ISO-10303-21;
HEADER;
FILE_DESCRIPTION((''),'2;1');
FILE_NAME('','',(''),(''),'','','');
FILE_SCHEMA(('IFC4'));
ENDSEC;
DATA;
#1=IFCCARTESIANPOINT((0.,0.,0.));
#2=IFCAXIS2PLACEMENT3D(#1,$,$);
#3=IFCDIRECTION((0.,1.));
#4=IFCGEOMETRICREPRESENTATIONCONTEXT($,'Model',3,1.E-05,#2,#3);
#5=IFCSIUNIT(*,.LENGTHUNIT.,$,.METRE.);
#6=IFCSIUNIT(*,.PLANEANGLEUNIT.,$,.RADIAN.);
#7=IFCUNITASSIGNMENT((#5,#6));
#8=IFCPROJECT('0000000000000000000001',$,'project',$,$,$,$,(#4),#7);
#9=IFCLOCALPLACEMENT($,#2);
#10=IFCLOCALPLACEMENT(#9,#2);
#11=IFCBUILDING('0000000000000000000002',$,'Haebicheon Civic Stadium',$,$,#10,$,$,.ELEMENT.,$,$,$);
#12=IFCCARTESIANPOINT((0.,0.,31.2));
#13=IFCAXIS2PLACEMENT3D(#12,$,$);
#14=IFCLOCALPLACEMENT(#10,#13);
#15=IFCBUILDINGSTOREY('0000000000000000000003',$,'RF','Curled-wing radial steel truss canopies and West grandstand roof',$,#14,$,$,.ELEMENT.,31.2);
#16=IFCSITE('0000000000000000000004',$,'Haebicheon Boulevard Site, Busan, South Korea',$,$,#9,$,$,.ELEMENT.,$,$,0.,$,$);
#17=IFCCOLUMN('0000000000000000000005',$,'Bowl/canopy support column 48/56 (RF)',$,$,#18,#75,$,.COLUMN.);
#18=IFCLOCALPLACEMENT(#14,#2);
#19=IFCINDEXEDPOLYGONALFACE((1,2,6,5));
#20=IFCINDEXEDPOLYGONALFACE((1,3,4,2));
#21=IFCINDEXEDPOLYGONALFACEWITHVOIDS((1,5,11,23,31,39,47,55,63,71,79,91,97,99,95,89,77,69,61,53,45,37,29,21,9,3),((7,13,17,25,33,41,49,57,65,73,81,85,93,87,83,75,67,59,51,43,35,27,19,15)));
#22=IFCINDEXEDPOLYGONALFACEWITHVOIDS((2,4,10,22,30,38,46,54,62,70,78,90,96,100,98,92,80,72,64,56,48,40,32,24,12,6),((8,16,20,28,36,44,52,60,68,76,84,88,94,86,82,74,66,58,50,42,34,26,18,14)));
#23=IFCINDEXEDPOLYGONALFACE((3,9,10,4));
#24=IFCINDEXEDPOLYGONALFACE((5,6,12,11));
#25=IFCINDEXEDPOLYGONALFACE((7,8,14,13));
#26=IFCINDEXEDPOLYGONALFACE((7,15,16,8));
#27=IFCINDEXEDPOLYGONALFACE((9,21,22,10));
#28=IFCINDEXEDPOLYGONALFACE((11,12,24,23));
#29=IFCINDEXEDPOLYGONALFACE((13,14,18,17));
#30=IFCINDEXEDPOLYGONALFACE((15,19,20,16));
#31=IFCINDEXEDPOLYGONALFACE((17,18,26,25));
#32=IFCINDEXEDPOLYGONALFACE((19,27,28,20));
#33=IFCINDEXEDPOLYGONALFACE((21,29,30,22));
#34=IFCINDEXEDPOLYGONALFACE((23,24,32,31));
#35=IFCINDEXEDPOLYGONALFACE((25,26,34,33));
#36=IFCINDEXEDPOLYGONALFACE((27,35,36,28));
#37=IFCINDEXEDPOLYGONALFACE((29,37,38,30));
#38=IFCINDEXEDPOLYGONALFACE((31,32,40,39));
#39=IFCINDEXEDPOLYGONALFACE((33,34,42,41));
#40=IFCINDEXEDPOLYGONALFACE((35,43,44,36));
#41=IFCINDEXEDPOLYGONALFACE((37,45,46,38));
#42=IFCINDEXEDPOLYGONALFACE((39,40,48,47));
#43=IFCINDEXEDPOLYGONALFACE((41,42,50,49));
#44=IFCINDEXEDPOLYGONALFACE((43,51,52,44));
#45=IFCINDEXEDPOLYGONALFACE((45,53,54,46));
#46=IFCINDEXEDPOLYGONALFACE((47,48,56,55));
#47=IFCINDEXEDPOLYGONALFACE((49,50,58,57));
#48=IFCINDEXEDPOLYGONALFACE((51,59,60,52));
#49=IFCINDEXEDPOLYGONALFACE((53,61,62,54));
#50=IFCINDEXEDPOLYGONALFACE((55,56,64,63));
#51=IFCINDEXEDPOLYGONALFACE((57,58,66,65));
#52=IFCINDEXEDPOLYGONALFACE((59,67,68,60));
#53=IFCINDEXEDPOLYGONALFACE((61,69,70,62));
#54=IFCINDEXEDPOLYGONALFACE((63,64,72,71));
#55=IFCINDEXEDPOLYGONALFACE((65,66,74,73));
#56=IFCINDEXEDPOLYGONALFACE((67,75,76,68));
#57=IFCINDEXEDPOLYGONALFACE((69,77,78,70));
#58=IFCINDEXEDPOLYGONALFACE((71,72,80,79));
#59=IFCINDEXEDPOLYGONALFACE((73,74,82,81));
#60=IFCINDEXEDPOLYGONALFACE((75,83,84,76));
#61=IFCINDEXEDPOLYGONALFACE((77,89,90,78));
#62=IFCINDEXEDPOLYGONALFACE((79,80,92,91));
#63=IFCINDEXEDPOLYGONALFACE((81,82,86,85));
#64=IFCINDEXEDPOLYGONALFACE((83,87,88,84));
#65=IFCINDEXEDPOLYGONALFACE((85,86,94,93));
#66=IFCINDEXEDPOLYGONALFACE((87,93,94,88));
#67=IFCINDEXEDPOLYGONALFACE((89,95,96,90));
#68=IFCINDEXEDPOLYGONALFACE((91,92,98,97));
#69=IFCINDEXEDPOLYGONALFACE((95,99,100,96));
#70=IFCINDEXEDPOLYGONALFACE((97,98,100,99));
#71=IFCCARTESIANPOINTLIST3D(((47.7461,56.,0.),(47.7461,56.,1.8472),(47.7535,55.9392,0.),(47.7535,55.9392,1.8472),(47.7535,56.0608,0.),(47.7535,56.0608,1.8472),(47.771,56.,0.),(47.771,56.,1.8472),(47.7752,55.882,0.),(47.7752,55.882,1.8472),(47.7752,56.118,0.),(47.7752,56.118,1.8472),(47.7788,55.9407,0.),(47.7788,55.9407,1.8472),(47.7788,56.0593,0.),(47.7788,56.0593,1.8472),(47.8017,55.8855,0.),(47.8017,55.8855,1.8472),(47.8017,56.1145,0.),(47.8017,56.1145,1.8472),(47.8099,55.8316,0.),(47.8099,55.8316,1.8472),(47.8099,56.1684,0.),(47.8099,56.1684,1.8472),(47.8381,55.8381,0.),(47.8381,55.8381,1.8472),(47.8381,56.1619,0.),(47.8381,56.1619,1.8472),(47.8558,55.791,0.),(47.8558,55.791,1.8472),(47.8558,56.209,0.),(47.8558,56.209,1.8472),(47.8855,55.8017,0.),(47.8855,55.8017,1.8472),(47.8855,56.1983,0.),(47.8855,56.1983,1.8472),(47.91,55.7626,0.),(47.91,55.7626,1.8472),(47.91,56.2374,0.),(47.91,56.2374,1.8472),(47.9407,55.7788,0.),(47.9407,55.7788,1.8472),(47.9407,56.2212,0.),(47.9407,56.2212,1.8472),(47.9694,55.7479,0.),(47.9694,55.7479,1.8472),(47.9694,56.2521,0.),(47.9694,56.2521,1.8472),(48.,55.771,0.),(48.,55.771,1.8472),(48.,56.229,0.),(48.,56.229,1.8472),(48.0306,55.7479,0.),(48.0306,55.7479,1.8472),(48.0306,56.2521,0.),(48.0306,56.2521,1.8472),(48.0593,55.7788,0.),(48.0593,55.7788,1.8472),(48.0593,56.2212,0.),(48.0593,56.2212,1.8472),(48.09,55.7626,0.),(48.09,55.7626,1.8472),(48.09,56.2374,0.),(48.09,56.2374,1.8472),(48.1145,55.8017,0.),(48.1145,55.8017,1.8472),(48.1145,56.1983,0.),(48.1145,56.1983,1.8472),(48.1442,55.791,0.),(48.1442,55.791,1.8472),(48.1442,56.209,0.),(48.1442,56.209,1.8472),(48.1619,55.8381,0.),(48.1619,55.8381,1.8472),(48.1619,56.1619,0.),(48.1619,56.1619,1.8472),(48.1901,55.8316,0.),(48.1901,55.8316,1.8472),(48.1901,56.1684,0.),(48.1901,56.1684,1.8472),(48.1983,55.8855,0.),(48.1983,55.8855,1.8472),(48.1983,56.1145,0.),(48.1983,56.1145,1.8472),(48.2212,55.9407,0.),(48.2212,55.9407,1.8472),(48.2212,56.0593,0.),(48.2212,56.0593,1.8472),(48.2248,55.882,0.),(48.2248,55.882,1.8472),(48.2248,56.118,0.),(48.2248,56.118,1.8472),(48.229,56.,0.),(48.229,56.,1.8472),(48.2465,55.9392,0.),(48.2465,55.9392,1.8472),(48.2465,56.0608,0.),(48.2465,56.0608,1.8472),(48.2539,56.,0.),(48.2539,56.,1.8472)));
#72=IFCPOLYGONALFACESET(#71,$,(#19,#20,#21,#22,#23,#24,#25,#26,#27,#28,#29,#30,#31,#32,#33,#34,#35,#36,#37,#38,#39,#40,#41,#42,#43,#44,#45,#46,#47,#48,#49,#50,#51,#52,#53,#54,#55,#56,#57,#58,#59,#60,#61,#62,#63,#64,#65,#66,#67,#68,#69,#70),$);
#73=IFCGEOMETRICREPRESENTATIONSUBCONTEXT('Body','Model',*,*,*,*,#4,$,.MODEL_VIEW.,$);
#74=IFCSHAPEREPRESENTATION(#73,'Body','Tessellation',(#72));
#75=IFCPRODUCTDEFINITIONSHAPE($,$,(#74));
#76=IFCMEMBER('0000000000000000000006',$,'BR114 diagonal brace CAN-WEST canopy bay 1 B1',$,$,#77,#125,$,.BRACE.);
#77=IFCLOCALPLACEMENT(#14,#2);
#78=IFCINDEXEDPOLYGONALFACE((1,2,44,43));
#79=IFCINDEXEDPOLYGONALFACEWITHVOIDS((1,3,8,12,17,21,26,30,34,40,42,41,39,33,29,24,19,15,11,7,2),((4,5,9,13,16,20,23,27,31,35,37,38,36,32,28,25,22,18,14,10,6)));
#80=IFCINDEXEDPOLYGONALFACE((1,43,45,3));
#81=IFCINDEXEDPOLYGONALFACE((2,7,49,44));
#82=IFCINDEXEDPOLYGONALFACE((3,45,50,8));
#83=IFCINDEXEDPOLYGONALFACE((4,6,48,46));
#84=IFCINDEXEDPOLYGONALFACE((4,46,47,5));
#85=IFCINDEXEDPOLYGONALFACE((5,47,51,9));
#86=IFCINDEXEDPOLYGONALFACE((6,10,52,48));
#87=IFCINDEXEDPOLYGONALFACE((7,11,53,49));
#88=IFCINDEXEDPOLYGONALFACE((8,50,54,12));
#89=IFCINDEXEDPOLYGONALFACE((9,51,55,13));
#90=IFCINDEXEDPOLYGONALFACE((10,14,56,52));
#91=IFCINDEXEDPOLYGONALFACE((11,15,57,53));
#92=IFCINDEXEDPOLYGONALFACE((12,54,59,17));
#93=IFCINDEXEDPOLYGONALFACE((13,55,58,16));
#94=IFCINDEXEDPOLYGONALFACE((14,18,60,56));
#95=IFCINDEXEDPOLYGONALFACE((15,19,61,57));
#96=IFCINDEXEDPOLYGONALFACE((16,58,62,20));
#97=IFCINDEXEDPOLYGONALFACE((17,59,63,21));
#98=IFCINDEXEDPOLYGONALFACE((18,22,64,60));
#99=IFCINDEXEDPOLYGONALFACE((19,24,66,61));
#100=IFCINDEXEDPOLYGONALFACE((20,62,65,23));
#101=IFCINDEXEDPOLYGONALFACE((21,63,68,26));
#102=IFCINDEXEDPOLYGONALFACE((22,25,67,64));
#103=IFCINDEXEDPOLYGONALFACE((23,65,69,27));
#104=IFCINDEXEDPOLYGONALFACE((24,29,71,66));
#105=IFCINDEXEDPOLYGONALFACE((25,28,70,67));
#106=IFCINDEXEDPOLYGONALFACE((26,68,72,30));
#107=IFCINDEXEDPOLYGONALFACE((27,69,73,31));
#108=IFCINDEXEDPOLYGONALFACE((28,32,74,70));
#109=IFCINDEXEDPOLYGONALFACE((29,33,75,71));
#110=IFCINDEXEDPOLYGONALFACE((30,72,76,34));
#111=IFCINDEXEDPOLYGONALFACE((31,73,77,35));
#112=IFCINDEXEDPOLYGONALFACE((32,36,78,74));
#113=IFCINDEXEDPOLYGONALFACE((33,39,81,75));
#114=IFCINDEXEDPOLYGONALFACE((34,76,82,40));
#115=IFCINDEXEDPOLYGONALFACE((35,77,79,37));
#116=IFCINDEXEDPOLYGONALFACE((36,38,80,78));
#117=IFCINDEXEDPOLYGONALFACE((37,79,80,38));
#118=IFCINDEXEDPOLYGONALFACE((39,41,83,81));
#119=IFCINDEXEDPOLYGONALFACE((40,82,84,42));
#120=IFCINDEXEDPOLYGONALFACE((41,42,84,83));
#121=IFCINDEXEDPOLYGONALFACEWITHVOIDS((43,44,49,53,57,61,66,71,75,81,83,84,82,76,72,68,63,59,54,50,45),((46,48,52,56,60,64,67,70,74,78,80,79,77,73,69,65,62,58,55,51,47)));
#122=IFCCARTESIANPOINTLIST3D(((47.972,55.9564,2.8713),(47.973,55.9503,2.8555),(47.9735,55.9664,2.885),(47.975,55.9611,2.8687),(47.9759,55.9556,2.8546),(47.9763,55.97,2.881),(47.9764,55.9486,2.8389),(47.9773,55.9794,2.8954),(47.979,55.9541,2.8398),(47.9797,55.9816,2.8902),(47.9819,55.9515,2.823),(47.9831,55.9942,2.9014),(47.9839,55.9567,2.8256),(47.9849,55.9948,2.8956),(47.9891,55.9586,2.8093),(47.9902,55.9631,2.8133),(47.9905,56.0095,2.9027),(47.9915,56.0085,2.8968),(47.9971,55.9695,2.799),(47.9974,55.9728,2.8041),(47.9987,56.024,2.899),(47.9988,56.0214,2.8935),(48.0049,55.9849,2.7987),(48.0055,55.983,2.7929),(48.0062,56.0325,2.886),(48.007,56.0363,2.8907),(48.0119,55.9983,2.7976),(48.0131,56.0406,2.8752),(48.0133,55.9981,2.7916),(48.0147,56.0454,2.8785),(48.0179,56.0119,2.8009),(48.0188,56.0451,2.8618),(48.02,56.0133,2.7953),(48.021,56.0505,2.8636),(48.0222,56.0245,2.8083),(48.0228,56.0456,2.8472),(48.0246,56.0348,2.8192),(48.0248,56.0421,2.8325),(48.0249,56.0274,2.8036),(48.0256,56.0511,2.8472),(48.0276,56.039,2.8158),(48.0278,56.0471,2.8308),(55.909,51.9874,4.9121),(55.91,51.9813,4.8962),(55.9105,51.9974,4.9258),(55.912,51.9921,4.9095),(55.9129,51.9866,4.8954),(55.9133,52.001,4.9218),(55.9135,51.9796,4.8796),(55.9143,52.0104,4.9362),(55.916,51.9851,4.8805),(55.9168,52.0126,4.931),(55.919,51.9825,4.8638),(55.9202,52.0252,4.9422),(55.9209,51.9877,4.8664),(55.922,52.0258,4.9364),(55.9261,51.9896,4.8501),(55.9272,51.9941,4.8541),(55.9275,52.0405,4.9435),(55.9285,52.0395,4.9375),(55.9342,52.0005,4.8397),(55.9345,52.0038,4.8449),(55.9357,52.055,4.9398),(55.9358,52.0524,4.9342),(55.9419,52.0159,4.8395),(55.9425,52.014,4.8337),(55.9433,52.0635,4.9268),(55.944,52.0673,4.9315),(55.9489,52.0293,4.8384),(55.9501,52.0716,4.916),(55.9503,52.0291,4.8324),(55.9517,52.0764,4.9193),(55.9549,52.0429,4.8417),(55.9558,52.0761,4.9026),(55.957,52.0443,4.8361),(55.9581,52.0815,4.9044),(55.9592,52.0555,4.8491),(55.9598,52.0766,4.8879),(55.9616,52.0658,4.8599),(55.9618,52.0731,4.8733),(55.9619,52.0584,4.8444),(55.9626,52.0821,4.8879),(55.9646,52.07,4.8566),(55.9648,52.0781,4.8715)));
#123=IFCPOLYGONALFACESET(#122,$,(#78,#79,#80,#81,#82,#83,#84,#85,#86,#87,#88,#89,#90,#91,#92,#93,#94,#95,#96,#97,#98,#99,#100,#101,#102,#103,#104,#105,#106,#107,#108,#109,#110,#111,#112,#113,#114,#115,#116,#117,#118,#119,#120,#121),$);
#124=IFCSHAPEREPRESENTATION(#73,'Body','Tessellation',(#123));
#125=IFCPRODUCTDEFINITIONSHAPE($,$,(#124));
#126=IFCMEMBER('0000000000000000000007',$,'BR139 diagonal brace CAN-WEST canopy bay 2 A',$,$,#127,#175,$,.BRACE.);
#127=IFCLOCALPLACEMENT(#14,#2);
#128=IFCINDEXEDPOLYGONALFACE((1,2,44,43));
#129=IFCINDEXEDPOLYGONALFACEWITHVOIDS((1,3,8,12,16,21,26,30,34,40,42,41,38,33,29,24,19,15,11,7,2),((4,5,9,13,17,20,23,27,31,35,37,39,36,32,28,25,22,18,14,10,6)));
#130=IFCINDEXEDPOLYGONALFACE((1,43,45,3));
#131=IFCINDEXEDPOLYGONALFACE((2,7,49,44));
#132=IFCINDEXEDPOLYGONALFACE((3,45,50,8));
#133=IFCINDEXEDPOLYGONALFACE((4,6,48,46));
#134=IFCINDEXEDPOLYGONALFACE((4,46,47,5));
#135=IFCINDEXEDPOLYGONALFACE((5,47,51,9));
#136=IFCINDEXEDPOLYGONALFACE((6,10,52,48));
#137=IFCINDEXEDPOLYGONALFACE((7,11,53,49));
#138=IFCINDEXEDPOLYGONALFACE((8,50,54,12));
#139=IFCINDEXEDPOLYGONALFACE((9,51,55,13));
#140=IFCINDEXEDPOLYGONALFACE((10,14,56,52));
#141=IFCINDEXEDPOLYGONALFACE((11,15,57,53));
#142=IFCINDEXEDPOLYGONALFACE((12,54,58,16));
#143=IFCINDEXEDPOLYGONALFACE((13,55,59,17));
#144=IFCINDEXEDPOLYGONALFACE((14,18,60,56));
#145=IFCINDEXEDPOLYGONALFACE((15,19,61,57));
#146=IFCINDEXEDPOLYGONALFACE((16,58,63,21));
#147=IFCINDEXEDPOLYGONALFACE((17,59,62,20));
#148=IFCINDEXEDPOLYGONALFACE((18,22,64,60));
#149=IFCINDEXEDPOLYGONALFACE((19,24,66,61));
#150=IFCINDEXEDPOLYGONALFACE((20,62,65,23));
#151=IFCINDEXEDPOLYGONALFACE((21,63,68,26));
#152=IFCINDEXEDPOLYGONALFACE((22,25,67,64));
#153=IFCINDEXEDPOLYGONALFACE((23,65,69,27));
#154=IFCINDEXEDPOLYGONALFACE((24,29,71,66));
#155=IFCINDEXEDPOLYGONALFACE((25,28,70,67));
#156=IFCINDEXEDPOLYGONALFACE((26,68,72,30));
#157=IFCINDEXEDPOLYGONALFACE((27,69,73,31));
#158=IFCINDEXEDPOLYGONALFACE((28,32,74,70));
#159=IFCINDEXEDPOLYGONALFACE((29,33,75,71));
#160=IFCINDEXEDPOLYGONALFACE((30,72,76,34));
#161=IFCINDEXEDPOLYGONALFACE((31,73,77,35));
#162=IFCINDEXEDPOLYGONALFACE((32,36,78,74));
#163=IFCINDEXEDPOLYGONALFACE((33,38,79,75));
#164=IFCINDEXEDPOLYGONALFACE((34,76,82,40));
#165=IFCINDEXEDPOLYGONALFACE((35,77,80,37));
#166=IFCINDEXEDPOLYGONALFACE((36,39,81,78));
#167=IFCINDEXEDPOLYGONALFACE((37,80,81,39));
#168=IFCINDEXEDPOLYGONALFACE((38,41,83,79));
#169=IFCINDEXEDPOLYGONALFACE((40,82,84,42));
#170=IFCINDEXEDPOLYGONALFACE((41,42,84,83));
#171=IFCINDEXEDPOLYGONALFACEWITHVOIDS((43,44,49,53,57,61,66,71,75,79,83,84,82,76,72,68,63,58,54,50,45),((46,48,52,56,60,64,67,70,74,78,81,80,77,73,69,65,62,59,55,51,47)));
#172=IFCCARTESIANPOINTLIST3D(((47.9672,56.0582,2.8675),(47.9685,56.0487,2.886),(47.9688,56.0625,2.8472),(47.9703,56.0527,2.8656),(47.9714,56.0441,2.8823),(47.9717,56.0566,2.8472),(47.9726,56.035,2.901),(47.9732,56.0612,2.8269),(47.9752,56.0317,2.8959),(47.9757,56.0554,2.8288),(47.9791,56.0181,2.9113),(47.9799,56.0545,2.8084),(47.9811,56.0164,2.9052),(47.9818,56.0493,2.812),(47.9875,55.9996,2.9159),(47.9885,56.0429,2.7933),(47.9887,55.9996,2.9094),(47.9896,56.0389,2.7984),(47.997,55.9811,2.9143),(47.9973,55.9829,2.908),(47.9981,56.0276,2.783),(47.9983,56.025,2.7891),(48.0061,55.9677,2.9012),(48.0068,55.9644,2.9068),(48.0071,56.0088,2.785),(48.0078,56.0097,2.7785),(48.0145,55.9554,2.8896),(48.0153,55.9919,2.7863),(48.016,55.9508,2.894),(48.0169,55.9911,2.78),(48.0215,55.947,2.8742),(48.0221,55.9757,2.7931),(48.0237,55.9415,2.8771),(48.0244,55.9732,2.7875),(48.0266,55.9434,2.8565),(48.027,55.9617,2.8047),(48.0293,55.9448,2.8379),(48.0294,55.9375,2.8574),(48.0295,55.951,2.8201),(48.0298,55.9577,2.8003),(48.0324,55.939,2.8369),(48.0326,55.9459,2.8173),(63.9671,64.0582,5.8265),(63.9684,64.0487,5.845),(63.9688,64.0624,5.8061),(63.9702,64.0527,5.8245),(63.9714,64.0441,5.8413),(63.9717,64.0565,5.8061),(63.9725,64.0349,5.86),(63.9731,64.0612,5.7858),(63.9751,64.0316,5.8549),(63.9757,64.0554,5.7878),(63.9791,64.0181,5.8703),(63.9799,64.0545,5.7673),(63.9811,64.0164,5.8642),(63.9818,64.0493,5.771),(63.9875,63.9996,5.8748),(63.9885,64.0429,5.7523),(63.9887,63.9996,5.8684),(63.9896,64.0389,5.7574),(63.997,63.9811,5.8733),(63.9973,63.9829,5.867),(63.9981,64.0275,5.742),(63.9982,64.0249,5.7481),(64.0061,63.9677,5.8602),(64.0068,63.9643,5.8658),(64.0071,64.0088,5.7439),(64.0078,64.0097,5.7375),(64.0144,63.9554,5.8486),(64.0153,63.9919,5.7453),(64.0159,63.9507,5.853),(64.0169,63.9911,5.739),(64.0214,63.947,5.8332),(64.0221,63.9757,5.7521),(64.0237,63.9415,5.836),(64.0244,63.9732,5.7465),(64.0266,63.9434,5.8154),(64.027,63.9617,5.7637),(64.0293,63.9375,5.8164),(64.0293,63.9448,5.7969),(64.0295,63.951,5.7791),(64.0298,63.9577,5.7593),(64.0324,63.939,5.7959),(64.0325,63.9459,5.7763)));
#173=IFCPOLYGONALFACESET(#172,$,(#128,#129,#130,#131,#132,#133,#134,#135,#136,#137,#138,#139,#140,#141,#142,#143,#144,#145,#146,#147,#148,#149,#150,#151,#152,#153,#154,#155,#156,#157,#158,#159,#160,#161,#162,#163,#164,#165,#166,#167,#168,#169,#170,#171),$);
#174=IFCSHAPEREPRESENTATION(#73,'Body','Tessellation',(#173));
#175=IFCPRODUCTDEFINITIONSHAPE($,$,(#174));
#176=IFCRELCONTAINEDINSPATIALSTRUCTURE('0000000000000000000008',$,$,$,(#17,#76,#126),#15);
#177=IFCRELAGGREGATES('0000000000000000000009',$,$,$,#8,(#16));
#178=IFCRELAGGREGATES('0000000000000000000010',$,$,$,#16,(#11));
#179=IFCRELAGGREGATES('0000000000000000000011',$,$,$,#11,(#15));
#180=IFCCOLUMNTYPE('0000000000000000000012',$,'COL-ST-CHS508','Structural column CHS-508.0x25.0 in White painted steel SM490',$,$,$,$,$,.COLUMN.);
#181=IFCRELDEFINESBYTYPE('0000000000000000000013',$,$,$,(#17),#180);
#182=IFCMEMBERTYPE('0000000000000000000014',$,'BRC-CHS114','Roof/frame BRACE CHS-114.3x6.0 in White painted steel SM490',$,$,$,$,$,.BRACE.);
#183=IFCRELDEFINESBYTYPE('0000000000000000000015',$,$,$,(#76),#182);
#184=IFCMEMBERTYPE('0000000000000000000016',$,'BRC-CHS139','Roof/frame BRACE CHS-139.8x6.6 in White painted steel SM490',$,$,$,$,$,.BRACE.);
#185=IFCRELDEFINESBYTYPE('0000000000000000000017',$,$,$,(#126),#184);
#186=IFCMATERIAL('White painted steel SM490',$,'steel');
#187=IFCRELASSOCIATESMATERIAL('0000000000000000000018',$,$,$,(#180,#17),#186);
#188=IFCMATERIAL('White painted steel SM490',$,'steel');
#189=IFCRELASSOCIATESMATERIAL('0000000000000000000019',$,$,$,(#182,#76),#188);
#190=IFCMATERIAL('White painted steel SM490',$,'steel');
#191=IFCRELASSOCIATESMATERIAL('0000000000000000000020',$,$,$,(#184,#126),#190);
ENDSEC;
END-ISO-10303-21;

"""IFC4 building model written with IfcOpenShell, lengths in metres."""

from ifc_helpers import new_model, si_unit, direction, frame, origin, origin_2d, place, context, subcontext, project, spatial, hollow_circle, extrude, material, material_profile, profile_set, type_object, element, save


model = new_model("IFC4")

# Units and contexts
model_context = context("Model", 3, precision=1e-05, world=origin(), true_north=direction((0.0, 1.0)))
body_context = subcontext(model_context, "Body", "Model", "MODEL_VIEW")
ifc_project = project(units=[si_unit("LENGTHUNIT", "METRE"), si_unit("PLANEANGLEUNIT", "RADIAN")], contexts=[model_context])

# Site, building, storey
site_placement = place(None, origin())
site = spatial("IfcSite", under=ifc_project, at=site_placement, Name="Haebicheon Boulevard Site, Busan, South Korea", CompositionType="ELEMENT", RefElevation=0.0)
building_placement = place(site_placement, origin())
building = spatial("IfcBuilding", under=site, at=building_placement, Name="Haebicheon Civic Stadium", CompositionType="ELEMENT")
storey_placement = place(building_placement, frame((0.0, 0.0, 31.2)))
storey = spatial("IfcBuildingStorey", under=building, at=storey_placement, Name="RF", Description="Curled-wing radial steel truss canopies and West grandstand roof", CompositionType="ELEMENT", Elevation=31.2)

# Column
ifc_material_1 = material(Name="White painted steel SM490", Category="steel")
ifc_material_profile_1 = material_profile(ifc_material_1, hollow_circle(Radius=0.2539, WallThickness=0.0249, at=origin_2d()), Name="CHS-508.0x25.0")
ifc_profile_set_1 = profile_set([ifc_material_profile_1], Name="White painted steel SM490")
column_type = type_object("IfcColumnType", Name="COL-ST-CHS508", Description="Structural column CHS-508.0x25.0 in White painted steel SM490", PredefinedType="COLUMN", material=ifc_profile_set_1)
column_placement = place(storey_placement, frame((48.0, 56.0, 0.0), z_axis=(0.0, 0.0, 1.0), x_axis=(1.0, 0.0, 0.0)))
element("IfcColumn", 1, at=column_placement, inside=storey, type_object=column_type, material=ifc_profile_set_1, Name="Bowl/canopy support column 48/56 (RF)", PredefinedType="COLUMN", context=body_context, shape_type="SweptSolid", body=[
    extrude(hollow_circle(Radius=0.2539, WallThickness=0.0249, at=origin_2d()), origin(), (0.0, 0.0, 1.0), 1.8472),
])

# Members
ifc_material_2 = material(Name="White painted steel SM490", Category="steel")
ifc_material_profile_2 = material_profile(ifc_material_2, hollow_circle(Radius=0.0571, WallThickness=0.0061, at=origin_2d()), Name="CHS-114.3x6.0")
ifc_profile_set_2 = profile_set([ifc_material_profile_2], Name="White painted steel SM490")
member_type_1 = type_object("IfcMemberType", Name="BRC-CHS114", Description="Roof/frame BRACE CHS-114.3x6.0 in White painted steel SM490", PredefinedType="BRACE", material=ifc_profile_set_2)
member_1_placement = place(storey_placement, frame((48.0, 56.0, 2.8472), z_axis=(0.871653, -0.43588, 0.22412), x_axis=(0.447258, 0.894405, 0.0)))
element("IfcMember", 2, at=member_1_placement, inside=storey, type_object=member_type_1, material=ifc_profile_set_2, Name="BR114 diagonal brace CAN-WEST canopy bay 1 B1", PredefinedType="BRACE", context=body_context, shape_type="SweptSolid", body=[
    extrude(hollow_circle(Radius=0.0571, WallThickness=0.0061, at=origin_2d()), origin(), (0.0, 0.0, 1.0), 9.1057),
])
ifc_material_3 = material(Name="White painted steel SM490", Category="steel")
ifc_material_profile_3 = material_profile(ifc_material_3, hollow_circle(Radius=0.0698, WallThickness=0.0066, at=origin_2d()), Name="CHS-139.8x6.6")
ifc_profile_set_3 = profile_set([ifc_material_profile_3], Name="White painted steel SM490")
member_type_2 = type_object("IfcMemberType", Name="BRC-CHS139", Description="Roof/frame BRACE CHS-139.8x6.6 in White painted steel SM490", PredefinedType="BRACE", material=ifc_profile_set_3)
member_2_placement = place(storey_placement, frame((48.0, 56.0, 2.8472), z_axis=(0.882436, 0.441218, 0.163195), x_axis=(-0.447214, 0.894427, 0.0)))
element("IfcMember", 3, at=member_2_placement, inside=storey, type_object=member_type_2, material=ifc_profile_set_3, Name="BR139 diagonal brace CAN-WEST canopy bay 2 A", PredefinedType="BRACE", context=body_context, shape_type="SweptSolid", body=[
    extrude(hollow_circle(Radius=0.0698, WallThickness=0.0066, at=origin_2d()), origin(), (0.0, 0.0, 1.0), 18.1316),
])

save(model, "model.ifc")
